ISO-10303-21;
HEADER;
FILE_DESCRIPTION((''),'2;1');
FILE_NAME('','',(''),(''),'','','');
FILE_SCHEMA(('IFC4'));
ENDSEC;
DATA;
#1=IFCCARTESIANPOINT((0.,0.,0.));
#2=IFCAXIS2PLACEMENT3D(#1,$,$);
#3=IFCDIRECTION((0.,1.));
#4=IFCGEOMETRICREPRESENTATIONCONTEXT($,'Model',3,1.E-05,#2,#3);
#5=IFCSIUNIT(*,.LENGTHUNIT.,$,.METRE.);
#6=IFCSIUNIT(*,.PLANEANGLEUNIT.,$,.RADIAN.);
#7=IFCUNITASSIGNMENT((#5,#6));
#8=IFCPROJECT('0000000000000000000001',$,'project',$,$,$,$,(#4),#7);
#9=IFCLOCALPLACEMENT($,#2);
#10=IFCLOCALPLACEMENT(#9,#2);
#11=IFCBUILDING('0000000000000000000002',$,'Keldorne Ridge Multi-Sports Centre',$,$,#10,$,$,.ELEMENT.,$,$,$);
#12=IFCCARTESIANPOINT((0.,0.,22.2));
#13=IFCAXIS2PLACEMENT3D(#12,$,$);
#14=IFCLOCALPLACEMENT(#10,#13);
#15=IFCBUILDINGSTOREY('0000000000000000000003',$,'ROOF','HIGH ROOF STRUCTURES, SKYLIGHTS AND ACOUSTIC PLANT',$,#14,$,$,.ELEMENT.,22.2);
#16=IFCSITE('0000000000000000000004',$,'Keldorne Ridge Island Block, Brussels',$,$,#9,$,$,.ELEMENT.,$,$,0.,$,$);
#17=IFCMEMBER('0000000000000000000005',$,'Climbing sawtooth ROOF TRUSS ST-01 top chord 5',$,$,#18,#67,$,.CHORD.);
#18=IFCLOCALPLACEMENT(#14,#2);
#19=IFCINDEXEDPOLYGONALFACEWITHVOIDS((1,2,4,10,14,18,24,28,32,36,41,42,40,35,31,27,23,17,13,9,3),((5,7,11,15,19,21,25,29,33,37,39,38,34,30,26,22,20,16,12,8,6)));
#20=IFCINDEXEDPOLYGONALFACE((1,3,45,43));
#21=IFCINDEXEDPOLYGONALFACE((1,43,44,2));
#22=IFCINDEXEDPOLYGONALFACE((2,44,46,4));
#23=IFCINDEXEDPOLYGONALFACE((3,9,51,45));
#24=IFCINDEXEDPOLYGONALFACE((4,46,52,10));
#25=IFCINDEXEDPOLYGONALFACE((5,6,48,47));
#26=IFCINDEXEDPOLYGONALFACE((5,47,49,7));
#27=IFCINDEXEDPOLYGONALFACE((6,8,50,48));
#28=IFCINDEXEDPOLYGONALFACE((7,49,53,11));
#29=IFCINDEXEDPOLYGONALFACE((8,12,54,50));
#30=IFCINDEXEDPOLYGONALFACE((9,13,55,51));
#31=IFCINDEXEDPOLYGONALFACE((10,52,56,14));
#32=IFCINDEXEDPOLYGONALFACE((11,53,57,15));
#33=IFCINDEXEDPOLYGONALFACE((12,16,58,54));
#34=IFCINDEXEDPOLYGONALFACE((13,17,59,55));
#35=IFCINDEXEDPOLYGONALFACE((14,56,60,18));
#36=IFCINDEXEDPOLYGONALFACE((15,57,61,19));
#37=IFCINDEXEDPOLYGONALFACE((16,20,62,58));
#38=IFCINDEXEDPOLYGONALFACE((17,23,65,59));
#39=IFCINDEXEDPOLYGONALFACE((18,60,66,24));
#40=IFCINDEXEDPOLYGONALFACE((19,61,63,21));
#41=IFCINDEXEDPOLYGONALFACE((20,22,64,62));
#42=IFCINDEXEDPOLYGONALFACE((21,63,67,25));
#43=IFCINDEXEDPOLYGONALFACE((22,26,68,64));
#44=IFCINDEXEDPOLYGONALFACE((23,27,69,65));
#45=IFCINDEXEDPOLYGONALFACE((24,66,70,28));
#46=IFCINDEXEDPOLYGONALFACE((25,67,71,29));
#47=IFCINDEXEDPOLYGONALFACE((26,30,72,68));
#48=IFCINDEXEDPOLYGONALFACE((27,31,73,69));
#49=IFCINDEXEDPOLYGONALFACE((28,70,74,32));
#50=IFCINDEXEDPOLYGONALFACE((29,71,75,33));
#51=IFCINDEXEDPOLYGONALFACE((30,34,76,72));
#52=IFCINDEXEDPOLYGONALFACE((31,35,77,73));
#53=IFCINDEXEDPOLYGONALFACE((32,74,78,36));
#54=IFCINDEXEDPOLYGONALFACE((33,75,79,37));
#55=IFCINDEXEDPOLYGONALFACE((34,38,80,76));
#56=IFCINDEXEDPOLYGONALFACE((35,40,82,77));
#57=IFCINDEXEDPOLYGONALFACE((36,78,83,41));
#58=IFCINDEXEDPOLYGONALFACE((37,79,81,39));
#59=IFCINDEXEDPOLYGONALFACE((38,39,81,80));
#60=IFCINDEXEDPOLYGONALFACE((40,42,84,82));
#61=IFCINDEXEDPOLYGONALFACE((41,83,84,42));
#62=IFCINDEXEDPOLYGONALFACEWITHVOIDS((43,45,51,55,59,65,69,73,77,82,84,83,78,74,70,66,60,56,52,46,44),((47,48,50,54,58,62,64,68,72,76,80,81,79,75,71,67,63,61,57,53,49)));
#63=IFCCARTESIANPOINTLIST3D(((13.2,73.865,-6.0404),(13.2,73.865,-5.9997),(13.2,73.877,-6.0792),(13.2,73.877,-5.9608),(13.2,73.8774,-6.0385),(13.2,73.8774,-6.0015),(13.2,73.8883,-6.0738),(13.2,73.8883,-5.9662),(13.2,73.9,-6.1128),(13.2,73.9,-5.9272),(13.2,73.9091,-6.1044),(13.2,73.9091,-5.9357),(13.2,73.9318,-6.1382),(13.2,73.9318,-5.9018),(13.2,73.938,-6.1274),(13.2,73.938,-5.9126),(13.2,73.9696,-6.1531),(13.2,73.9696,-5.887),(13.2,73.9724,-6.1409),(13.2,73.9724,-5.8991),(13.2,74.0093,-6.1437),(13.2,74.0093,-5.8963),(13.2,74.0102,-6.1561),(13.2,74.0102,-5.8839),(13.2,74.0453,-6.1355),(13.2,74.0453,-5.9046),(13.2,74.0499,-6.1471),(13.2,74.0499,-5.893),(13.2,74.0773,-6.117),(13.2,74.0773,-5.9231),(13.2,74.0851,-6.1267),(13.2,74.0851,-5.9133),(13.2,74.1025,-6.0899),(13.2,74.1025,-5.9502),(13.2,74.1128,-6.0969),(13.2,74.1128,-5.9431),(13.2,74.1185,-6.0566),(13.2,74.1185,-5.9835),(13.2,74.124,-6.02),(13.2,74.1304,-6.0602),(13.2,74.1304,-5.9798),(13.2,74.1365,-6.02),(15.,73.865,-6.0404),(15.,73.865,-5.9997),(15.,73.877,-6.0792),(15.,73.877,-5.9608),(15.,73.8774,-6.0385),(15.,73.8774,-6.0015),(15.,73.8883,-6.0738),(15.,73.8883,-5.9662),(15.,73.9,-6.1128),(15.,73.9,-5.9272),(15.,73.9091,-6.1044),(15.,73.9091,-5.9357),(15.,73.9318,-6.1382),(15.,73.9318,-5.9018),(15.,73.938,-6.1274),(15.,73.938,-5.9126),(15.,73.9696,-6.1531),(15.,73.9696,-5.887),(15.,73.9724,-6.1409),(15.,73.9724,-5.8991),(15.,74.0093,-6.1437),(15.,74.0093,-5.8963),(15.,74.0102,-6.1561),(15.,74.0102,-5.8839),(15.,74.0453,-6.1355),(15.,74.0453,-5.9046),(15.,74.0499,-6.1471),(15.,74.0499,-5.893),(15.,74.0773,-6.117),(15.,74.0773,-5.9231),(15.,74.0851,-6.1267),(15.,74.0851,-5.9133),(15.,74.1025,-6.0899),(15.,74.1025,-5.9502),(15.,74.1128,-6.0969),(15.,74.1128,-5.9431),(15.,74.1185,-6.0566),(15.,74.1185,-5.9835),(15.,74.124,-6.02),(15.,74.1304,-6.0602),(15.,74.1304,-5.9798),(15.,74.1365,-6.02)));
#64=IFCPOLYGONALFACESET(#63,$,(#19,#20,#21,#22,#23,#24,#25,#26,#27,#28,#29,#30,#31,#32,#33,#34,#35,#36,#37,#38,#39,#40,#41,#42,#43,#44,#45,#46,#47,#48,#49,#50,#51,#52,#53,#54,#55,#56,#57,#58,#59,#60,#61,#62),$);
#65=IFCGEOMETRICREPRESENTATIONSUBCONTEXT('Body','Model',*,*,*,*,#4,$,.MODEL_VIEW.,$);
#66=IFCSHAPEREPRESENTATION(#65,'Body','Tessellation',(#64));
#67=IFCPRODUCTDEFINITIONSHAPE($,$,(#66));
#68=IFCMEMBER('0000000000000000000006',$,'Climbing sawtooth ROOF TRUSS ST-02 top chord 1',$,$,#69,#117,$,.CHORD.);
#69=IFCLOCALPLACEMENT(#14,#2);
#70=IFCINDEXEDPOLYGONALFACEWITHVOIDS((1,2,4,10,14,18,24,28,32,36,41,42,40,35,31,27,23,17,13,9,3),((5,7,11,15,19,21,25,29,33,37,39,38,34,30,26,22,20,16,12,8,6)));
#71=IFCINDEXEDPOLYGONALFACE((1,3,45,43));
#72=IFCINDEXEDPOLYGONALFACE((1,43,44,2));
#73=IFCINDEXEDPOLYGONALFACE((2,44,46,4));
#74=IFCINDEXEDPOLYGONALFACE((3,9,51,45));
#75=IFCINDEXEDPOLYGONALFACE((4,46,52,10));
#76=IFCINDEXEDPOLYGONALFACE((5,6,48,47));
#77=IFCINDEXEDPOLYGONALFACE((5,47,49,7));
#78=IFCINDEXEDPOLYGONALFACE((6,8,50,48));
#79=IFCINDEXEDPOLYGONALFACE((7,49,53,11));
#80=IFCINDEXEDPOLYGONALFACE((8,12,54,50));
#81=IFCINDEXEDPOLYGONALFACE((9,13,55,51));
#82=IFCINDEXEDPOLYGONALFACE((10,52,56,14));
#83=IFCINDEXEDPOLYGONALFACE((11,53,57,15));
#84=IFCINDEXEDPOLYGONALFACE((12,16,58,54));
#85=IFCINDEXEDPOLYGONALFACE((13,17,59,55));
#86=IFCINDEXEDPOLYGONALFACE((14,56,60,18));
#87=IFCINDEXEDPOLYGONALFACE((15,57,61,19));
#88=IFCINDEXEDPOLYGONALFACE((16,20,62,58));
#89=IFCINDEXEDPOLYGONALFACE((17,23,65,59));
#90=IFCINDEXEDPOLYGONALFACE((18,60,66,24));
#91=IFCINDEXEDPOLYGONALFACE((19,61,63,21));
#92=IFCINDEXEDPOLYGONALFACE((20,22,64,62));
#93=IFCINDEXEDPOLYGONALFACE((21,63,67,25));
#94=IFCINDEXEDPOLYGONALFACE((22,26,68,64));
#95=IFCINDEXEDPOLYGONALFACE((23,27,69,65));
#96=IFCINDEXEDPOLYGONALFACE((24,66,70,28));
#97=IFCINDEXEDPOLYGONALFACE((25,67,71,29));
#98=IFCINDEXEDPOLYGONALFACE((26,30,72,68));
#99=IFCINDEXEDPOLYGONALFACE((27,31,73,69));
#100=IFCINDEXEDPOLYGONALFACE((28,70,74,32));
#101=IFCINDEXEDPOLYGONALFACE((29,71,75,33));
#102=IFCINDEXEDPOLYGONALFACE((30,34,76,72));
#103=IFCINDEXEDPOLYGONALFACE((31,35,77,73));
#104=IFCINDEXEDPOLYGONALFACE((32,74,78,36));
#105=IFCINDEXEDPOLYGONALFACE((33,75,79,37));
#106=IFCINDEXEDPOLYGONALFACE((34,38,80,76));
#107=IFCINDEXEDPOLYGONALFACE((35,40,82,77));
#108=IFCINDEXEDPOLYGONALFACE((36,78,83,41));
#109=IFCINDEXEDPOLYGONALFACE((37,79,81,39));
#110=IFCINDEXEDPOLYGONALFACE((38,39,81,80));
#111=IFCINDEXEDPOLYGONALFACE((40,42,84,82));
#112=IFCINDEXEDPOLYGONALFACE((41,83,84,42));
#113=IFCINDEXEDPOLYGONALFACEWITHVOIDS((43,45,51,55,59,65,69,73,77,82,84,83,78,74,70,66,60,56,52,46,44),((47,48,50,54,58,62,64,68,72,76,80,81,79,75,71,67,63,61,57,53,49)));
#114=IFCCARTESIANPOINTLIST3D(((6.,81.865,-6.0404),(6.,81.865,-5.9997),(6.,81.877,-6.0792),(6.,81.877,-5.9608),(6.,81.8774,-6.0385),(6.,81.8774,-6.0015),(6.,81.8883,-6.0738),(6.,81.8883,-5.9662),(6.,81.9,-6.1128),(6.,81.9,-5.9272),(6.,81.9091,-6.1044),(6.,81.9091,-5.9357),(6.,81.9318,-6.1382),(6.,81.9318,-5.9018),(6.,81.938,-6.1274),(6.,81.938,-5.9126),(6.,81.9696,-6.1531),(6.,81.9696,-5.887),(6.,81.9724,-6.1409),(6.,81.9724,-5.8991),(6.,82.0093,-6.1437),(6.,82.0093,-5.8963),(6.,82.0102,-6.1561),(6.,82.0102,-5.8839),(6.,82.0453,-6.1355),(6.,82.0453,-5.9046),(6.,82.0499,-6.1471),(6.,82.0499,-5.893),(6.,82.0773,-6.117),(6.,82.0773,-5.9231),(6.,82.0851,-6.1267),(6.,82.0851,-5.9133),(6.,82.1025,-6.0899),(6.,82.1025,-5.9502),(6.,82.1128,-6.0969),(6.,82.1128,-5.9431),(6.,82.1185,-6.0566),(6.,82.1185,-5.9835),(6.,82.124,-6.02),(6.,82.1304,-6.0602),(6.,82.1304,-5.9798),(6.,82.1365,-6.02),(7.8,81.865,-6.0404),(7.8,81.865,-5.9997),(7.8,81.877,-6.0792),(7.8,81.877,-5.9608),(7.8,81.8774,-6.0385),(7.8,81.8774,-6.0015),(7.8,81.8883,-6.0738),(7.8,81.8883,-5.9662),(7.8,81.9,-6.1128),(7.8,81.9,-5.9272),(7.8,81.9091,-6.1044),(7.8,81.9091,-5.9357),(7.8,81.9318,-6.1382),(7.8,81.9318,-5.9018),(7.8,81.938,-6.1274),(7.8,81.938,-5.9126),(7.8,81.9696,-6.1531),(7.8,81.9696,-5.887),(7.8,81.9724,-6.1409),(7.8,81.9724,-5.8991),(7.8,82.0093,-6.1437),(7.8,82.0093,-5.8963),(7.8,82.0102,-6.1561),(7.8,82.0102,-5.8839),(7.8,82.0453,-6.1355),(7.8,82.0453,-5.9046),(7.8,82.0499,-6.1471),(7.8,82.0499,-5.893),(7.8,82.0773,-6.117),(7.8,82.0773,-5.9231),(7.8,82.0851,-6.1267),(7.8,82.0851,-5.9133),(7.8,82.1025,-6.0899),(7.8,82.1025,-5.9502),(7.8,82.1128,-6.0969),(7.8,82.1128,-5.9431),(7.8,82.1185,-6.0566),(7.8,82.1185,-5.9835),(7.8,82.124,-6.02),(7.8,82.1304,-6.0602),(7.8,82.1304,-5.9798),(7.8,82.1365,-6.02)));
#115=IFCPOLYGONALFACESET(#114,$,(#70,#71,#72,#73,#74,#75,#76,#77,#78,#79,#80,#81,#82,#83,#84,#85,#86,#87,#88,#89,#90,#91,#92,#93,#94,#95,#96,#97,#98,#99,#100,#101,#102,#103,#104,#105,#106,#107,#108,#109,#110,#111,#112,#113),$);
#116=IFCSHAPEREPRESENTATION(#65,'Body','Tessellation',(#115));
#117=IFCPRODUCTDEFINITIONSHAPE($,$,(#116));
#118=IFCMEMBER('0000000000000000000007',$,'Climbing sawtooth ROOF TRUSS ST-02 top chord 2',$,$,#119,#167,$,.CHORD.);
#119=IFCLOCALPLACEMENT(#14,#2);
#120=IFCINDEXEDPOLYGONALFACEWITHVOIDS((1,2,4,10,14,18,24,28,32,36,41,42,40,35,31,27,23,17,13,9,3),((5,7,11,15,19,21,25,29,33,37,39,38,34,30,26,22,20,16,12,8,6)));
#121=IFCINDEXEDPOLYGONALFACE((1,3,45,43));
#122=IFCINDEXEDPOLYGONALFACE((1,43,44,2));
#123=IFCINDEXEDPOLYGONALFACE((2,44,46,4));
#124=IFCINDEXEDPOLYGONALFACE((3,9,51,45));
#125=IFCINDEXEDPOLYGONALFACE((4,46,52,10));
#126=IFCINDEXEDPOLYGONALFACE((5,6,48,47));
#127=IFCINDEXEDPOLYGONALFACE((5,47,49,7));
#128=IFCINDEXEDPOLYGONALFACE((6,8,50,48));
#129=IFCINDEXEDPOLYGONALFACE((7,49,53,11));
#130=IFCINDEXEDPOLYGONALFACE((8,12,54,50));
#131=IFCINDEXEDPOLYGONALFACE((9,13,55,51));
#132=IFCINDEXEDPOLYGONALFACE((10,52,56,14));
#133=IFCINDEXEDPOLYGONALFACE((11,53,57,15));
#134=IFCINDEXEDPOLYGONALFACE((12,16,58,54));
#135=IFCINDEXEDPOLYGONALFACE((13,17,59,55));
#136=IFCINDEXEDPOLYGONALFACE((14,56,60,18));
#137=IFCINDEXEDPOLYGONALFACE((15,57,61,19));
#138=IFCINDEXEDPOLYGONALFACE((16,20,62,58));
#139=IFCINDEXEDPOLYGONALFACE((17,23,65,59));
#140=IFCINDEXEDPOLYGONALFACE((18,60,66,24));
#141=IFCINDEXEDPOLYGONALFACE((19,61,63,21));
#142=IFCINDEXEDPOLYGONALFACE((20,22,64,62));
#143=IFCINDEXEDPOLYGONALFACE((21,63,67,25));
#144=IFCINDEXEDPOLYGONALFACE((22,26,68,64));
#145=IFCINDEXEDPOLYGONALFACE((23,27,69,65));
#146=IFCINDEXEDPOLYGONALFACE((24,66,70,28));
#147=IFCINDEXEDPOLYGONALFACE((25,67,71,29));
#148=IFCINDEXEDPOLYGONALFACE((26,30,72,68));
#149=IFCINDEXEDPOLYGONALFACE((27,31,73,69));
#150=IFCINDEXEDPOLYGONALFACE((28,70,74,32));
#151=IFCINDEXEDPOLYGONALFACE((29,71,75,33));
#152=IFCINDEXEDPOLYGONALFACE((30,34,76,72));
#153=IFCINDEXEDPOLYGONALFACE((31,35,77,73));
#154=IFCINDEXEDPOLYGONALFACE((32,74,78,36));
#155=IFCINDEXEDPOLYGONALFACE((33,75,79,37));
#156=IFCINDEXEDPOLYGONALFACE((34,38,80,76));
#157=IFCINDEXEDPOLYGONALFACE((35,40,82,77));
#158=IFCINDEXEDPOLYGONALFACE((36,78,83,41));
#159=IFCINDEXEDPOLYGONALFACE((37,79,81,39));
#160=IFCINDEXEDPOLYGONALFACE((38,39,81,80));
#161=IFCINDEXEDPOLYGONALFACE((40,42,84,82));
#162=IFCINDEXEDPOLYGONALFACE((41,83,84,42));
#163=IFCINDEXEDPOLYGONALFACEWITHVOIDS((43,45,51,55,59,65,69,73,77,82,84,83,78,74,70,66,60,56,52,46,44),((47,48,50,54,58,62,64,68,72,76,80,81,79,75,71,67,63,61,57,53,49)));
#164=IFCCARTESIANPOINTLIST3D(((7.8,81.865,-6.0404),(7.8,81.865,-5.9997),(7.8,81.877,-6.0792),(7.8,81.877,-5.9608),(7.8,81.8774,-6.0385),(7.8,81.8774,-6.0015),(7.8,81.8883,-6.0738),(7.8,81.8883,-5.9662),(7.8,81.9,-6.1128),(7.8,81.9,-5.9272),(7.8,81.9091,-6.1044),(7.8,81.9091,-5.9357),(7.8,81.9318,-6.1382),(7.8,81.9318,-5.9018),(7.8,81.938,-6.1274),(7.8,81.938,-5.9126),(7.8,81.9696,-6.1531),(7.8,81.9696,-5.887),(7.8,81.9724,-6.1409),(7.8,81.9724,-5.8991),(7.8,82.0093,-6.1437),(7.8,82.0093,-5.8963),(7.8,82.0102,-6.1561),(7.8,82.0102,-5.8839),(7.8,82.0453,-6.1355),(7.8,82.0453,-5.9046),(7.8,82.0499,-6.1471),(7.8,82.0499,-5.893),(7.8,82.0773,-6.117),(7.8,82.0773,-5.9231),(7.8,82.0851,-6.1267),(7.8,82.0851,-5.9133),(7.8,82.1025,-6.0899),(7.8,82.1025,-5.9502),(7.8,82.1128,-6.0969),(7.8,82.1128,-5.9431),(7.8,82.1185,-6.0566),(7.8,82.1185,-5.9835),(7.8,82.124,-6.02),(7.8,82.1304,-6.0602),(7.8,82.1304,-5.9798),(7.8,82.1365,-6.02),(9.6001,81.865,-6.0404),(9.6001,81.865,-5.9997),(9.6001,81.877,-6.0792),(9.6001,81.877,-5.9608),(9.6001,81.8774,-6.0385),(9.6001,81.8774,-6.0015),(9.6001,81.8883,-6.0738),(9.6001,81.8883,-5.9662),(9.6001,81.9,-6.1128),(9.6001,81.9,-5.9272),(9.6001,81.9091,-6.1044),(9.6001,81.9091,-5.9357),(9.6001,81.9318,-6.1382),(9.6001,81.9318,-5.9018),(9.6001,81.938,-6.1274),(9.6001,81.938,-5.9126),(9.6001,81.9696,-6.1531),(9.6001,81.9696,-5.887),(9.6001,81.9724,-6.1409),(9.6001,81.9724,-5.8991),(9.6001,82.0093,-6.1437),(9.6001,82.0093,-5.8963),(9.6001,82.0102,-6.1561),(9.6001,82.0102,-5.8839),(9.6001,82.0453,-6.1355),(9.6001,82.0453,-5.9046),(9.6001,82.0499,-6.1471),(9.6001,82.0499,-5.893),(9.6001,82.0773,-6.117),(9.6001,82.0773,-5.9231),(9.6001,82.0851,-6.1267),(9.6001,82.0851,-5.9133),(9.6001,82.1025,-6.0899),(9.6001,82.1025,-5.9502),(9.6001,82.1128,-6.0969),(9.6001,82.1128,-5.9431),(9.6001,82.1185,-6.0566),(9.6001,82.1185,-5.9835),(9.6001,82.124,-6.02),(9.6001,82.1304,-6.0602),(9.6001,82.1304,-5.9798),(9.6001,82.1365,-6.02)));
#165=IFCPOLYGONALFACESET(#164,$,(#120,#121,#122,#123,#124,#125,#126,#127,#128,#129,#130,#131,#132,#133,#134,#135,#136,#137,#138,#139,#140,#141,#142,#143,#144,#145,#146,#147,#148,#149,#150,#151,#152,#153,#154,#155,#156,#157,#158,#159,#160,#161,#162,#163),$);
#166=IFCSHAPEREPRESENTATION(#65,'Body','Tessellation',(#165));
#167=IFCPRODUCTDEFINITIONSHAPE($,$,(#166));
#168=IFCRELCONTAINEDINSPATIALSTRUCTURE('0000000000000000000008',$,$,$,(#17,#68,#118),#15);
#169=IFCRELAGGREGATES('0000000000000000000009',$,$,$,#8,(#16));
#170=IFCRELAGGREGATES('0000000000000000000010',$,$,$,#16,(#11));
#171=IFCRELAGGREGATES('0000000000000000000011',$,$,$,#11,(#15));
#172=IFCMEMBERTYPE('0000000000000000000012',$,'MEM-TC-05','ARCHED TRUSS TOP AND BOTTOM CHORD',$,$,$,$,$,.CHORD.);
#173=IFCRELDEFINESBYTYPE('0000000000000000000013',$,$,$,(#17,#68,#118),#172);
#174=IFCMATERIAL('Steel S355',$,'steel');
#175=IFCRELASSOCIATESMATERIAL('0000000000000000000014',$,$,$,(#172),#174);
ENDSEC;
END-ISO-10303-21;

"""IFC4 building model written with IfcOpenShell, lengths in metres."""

from ifc_helpers import new_model, si_unit, direction, frame, origin, origin_2d, place, context, subcontext, project, spatial, hollow_circle, extrude, material, material_profile, profile_set, type_object, element, save


model = new_model("IFC4")

# Units and contexts
model_context = context("Model", 3, precision=1e-05, world=origin(), true_north=direction((0.0, 1.0)))
body_context = subcontext(model_context, "Body", "Model", "MODEL_VIEW")
ifc_project = project(units=[si_unit("LENGTHUNIT", "METRE"), si_unit("PLANEANGLEUNIT", "RADIAN")], contexts=[model_context])

# Site, building, storey
site_placement = place(None, origin())
site = spatial("IfcSite", under=ifc_project, at=site_placement, Name="Keldorne Ridge Island Block, Brussels", CompositionType="ELEMENT", RefElevation=0.0)
building_placement = place(site_placement, origin())
building = spatial("IfcBuilding", under=site, at=building_placement, Name="Keldorne Ridge Multi-Sports Centre", CompositionType="ELEMENT")
storey_placement = place(building_placement, frame((0.0, 0.0, 22.2)))
storey = spatial("IfcBuildingStorey", under=building, at=storey_placement, Name="ROOF", Description="HIGH ROOF STRUCTURES, SKYLIGHTS AND ACOUSTIC PLANT", CompositionType="ELEMENT", Elevation=22.2)

# Shared definitions
ifc_material_1 = material(Name="Steel S355", Category="steel")

# Members
ifc_material_profile_1 = material_profile(ifc_material_1, hollow_circle(Radius=0.1365, WallThickness=0.0125, at=origin_2d()), Name="CHS 273x12.5")
ifc_profile_set_1 = profile_set([ifc_material_profile_1], Name="Steel S355")
member_type_1 = type_object("IfcMemberType", Name="MEM-TC-05", Description="ARCHED TRUSS TOP AND BOTTOM CHORD", PredefinedType="CHORD", material=ifc_profile_set_1)
for number, where, z_axis, x_axis, name in (
    (1, (13.2, 74.0, -6.02), (1.0, 0.0, 0.0), (0.0, 1.0, 0.0), "Climbing sawtooth ROOF TRUSS ST-01 top chord 5"),
    (2, (6.0, 82.0, -6.02), (1.0, 0.0, 0.0), (0.0, 1.0, 0.0), "Climbing sawtooth ROOF TRUSS ST-02 top chord 1"),
    (3, (7.8, 82.0, -6.02), (1.0, 0.0, 0.0), (0.0, 1.0, 0.0), "Climbing sawtooth ROOF TRUSS ST-02 top chord 2"),
):
    element("IfcMember", number, at=place(storey_placement, frame(where, z_axis=z_axis, x_axis=x_axis)), inside=storey, type_object=member_type_1, Name=name, PredefinedType="CHORD", context=body_context, shape_type="SweptSolid", body=[
        extrude(hollow_circle(Radius=0.1365, WallThickness=0.0125, at=origin_2d()), origin(), (0.0, 0.0, 1.0), 1.8),
    ])

save(model, "model.ifc")
